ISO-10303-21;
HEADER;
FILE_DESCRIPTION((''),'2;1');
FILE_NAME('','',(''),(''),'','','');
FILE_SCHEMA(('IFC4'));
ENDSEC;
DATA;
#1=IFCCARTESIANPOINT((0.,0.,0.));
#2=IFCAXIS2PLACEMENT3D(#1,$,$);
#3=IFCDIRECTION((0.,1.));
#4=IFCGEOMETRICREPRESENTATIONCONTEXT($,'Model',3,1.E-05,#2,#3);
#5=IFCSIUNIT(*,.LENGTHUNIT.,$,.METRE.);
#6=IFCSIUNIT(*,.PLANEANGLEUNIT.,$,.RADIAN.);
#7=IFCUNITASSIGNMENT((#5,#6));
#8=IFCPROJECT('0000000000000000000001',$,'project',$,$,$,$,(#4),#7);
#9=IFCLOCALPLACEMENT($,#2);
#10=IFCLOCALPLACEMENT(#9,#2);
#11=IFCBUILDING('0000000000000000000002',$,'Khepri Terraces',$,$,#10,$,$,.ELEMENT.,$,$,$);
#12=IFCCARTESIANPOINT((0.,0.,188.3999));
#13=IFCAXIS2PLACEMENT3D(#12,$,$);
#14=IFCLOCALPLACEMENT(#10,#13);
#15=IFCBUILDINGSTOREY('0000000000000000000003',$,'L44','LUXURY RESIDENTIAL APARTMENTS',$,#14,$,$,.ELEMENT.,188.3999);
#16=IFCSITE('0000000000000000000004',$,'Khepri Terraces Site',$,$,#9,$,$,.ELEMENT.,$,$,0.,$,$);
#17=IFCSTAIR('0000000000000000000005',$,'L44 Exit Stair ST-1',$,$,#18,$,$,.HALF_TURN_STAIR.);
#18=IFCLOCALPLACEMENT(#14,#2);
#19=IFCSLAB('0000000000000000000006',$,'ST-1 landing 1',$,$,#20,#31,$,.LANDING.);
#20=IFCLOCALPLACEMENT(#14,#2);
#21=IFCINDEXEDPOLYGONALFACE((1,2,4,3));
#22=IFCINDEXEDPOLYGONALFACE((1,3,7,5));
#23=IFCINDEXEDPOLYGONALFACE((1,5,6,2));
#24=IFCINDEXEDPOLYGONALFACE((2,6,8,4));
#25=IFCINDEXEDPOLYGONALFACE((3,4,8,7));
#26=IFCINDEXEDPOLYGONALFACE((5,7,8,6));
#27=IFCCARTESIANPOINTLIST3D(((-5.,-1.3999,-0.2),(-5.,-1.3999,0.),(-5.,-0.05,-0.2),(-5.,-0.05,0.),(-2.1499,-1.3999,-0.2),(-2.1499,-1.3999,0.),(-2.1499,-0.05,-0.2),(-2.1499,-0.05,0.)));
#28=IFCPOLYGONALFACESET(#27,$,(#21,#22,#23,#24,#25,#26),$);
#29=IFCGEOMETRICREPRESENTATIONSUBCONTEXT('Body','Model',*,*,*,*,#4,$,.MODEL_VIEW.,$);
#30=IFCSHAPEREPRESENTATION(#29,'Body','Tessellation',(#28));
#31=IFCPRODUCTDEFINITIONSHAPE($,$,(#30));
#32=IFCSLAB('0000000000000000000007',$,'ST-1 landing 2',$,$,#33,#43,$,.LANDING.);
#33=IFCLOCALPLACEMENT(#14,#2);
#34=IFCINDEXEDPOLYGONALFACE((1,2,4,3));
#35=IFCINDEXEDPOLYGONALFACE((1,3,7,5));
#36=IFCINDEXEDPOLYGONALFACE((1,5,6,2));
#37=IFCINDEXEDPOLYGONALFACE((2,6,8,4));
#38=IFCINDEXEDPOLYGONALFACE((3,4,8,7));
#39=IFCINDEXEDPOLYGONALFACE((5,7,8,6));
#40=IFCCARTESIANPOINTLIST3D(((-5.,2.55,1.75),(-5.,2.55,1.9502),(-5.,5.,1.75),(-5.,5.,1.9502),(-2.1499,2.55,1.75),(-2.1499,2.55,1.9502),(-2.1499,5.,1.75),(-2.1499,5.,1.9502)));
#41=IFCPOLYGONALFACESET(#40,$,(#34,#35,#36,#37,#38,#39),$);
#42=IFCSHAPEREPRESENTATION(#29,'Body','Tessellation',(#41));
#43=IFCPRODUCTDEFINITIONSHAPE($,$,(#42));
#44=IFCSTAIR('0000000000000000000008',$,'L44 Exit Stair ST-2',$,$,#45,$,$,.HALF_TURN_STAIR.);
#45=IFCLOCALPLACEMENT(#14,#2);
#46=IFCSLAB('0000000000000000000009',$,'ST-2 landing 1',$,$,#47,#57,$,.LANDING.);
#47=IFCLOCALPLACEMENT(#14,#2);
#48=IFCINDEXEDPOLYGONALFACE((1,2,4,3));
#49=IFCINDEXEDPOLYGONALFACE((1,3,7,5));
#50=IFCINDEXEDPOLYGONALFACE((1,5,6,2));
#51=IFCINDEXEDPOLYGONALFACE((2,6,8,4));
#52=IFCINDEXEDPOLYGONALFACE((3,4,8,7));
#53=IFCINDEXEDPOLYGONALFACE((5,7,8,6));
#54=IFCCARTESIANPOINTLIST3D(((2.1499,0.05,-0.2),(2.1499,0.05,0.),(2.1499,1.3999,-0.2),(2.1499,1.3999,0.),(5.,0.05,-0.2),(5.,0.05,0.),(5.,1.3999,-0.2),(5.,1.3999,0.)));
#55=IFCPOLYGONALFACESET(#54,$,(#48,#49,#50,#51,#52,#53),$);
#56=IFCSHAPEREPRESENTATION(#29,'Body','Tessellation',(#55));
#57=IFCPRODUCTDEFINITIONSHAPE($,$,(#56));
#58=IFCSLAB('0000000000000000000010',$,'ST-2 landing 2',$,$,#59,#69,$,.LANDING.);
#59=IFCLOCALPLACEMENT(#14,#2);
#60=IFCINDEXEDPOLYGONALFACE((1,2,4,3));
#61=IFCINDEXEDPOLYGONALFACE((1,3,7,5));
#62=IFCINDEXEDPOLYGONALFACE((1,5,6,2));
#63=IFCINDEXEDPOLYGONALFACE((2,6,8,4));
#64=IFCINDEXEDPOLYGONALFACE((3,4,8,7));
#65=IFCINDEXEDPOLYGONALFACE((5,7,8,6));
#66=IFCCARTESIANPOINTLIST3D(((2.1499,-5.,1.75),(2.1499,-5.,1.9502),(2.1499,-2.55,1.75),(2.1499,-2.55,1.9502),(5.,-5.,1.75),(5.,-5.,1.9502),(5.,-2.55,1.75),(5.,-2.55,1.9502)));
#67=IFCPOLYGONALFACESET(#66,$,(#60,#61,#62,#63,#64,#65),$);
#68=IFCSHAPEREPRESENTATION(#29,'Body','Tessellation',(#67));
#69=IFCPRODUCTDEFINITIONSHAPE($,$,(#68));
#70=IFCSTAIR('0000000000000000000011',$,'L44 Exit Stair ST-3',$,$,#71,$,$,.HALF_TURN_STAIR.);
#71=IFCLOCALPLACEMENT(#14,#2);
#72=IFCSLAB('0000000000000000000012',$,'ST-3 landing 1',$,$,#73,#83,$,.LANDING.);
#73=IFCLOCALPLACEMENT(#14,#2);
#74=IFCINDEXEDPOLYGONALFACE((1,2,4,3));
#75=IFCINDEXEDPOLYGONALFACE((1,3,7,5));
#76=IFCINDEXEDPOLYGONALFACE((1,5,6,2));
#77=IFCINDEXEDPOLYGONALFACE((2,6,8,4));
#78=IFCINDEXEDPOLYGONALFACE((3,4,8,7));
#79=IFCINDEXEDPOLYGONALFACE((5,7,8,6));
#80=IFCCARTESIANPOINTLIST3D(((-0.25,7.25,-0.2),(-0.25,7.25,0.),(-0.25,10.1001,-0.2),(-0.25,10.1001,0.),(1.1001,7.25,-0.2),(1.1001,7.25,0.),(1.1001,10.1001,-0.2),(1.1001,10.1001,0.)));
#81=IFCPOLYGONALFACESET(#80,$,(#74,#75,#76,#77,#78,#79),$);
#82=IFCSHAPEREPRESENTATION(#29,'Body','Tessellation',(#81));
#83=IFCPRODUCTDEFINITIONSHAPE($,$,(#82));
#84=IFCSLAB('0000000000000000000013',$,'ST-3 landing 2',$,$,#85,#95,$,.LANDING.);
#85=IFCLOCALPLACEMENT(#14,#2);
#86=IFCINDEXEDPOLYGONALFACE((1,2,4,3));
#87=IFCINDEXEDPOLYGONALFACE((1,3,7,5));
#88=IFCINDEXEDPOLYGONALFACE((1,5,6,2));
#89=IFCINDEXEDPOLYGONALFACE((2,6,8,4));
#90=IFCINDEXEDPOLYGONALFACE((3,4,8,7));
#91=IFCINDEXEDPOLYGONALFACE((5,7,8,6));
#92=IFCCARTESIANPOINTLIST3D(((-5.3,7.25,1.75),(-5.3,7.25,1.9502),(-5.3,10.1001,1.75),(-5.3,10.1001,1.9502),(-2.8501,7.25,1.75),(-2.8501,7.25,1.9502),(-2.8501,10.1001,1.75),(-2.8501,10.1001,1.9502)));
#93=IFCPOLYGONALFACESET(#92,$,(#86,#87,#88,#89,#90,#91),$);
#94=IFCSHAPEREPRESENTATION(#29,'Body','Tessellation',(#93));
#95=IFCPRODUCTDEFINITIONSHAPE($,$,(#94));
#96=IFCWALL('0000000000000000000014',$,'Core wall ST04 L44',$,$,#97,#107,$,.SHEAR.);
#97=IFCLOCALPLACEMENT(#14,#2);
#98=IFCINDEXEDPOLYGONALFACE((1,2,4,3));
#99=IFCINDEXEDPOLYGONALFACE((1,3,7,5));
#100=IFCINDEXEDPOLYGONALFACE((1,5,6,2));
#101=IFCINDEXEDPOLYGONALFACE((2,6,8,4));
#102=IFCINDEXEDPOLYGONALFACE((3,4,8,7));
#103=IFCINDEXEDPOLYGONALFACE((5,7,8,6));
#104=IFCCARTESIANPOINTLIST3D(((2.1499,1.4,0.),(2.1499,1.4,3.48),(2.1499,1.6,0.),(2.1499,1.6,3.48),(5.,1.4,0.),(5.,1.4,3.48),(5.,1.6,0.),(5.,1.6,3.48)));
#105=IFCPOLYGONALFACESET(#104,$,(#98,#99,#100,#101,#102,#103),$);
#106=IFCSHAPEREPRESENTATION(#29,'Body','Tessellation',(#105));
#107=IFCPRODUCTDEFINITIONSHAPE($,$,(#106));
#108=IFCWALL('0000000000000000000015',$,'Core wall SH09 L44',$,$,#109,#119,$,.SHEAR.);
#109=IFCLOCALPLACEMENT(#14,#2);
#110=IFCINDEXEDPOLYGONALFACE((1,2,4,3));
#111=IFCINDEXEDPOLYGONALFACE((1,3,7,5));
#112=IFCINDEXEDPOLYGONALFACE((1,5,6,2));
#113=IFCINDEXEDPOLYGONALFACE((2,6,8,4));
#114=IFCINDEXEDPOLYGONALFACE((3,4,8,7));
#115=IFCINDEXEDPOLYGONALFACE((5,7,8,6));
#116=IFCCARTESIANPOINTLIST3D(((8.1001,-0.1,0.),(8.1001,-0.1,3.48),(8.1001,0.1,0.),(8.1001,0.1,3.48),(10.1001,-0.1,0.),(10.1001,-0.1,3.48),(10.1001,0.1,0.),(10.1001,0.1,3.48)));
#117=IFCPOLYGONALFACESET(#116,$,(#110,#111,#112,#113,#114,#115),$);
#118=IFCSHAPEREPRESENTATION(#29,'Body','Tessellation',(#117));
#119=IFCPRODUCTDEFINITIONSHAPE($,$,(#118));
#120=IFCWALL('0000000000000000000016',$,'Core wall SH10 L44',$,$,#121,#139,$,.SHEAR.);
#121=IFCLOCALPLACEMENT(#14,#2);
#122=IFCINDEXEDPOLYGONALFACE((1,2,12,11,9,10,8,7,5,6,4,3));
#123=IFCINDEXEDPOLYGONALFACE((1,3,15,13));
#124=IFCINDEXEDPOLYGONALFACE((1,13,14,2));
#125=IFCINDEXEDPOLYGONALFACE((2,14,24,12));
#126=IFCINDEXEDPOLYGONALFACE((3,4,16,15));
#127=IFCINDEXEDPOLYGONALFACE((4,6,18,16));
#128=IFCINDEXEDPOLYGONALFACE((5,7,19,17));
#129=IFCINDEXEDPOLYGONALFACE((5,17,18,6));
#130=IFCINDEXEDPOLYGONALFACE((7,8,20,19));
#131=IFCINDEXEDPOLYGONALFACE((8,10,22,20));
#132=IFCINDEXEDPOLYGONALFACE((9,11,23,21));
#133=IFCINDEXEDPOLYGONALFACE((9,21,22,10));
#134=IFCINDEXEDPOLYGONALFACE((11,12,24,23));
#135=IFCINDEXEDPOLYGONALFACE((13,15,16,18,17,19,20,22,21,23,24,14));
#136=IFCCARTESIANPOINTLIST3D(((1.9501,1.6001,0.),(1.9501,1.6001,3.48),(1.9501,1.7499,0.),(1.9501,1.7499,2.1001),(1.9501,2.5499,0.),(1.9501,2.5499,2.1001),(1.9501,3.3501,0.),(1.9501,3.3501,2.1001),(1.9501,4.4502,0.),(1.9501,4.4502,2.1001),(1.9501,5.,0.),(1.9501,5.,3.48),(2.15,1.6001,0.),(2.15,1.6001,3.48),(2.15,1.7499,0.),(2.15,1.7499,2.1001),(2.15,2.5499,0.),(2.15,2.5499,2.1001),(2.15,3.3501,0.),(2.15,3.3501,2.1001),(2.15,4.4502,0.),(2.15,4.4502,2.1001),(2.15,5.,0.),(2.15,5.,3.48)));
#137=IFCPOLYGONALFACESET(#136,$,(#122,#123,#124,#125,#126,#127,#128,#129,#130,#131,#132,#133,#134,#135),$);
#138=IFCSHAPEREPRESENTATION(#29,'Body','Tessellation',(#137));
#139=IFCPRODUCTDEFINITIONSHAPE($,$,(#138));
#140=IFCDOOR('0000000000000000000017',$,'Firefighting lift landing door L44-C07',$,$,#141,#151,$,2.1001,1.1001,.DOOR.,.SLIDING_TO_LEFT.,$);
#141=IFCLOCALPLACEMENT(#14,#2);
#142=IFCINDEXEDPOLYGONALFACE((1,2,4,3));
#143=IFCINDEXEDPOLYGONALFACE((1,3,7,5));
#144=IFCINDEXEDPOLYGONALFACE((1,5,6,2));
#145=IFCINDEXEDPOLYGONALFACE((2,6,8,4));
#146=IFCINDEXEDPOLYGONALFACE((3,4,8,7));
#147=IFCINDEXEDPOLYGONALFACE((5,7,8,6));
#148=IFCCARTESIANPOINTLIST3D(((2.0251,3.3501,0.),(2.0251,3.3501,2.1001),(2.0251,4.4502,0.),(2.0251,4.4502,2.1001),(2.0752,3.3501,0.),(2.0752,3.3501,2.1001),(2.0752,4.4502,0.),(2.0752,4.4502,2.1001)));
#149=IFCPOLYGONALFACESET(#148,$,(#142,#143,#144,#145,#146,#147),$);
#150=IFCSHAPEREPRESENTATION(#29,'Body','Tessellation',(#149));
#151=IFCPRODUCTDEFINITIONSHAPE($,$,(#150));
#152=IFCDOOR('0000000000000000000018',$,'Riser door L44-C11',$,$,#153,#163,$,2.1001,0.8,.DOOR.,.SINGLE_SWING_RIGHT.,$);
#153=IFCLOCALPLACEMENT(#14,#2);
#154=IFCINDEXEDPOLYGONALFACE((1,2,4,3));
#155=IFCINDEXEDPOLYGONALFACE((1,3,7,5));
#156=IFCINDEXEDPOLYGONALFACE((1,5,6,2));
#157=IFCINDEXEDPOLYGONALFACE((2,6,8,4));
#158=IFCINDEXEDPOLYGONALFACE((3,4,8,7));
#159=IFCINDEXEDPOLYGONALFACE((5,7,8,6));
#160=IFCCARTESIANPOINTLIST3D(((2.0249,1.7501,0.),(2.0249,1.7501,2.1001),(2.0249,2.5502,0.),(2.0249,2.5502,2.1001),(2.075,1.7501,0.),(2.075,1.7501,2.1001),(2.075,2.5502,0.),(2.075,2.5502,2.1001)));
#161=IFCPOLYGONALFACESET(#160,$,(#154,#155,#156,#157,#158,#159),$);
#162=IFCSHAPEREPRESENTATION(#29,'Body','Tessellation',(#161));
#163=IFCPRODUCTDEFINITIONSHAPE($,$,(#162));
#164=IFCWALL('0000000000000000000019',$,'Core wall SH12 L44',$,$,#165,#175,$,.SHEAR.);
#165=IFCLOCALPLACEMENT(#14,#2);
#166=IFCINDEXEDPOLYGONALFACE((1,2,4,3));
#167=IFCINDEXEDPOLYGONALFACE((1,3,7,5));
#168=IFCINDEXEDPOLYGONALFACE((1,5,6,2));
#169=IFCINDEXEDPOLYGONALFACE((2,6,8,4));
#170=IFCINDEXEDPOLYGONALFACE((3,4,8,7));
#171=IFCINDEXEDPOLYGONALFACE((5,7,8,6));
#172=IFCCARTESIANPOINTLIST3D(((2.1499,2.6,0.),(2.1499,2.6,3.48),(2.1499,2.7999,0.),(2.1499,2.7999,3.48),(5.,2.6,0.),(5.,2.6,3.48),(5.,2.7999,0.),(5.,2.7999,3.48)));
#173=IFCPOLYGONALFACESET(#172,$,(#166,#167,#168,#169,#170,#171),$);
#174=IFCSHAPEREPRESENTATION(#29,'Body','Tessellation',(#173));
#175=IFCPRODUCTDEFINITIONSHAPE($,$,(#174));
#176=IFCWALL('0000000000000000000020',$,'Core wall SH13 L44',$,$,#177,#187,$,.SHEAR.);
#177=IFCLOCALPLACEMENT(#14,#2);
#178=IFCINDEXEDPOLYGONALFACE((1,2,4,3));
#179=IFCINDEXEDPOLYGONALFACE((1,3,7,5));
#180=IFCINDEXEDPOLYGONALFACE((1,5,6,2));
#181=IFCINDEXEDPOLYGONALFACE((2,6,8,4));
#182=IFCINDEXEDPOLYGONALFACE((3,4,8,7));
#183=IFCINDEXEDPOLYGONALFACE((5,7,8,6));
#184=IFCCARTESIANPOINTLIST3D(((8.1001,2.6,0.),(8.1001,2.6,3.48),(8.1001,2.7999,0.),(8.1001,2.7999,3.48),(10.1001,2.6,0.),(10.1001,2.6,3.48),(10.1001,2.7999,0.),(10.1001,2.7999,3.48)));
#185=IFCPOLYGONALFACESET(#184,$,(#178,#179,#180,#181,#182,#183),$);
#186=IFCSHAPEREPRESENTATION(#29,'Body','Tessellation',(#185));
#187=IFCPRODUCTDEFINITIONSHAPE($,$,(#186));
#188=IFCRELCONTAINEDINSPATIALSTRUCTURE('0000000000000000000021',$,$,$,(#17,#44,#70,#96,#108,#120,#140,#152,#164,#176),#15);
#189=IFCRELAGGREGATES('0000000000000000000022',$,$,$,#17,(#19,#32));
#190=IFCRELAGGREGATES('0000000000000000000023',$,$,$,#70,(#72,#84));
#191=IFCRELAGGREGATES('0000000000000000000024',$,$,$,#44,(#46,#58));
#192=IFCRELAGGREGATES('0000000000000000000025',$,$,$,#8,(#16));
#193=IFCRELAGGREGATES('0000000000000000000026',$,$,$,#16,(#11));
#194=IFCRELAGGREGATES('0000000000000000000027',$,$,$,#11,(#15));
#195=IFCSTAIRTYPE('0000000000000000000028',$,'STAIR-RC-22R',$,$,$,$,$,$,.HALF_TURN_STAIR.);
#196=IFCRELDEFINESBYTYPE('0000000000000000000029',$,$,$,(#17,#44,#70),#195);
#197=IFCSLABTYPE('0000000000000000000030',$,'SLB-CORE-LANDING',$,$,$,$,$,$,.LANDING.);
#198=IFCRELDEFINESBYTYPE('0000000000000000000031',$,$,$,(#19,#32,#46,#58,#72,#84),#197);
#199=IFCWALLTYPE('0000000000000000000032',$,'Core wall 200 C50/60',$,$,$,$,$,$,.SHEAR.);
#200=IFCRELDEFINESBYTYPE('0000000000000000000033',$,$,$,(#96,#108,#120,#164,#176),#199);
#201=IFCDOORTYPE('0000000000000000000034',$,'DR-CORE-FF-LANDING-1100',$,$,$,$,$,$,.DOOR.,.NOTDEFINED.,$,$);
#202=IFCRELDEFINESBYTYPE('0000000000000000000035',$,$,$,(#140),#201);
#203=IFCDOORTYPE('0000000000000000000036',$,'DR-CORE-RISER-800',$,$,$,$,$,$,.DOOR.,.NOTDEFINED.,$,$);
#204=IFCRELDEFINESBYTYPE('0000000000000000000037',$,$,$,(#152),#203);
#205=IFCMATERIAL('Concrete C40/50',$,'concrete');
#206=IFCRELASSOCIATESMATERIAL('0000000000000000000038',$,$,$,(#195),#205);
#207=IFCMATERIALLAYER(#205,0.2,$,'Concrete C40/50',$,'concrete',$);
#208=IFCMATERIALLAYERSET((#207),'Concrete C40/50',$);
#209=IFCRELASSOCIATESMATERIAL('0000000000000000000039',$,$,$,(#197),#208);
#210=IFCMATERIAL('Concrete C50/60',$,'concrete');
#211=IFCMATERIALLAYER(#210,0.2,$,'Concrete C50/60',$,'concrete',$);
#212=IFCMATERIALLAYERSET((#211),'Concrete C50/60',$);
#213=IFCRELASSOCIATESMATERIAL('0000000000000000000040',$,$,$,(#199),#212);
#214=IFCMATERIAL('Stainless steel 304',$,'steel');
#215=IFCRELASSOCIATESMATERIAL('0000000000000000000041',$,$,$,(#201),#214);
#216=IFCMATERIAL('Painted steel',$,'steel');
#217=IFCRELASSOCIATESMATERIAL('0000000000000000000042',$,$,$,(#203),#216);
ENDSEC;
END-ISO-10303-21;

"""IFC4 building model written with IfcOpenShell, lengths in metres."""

from ifc_helpers import new_model, si_unit, direction, frame, frame_2d, origin, place, context, subcontext, project, spatial, polyline, rectangle, outline, extrude, material, layer, layer_set, type_object, element, fill, aggregate, save


model = new_model("IFC4")

# Units and contexts
model_context = context("Model", 3, precision=1e-05, world=origin(), true_north=direction((0.0, 1.0)))
body_context = subcontext(model_context, "Body", "Model", "MODEL_VIEW")
ifc_project = project(units=[si_unit("LENGTHUNIT", "METRE"), si_unit("PLANEANGLEUNIT", "RADIAN")], contexts=[model_context])

# Site, building, storey
site_placement = place(None, origin())
site = spatial("IfcSite", under=ifc_project, at=site_placement, Name="Khepri Terraces Site", CompositionType="ELEMENT", RefElevation=0.0)
building_placement = place(site_placement, origin())
building = spatial("IfcBuilding", under=site, at=building_placement, Name="Khepri Terraces", CompositionType="ELEMENT")
storey_placement = place(building_placement, frame((0.0, 0.0, 188.3999)))
storey = spatial("IfcBuildingStorey", under=building, at=storey_placement, Name="L44", Description="LUXURY RESIDENTIAL APARTMENTS", CompositionType="ELEMENT", Elevation=188.3999)

# Stairs, slabs
ifc_material_1 = material(Name="Concrete C40/50", Category="concrete")
stair_type = type_object("IfcStairType", Name="STAIR-RC-22R", PredefinedType="HALF_TURN_STAIR", material=ifc_material_1)
stair_1_placement = place(storey_placement, origin())
stair_1 = element("IfcStair", 1, at=stair_1_placement, inside=storey, type_object=stair_type, Name="L44 Exit Stair ST-1", PredefinedType="HALF_TURN_STAIR")
ifc_layer_1 = layer(ifc_material_1, 0.2, Name="Concrete C40/50", Category="concrete")
ifc_layer_set_1 = layer_set([ifc_layer_1], Name="Concrete C40/50")
slab_type = type_object("IfcSlabType", Name="SLB-CORE-LANDING", PredefinedType="LANDING", material=ifc_layer_set_1)
slab_1_placement = place(storey_placement, frame((0.0, 0.0, -0.2)))
slab_1 = element("IfcSlab", 2, at=slab_1_placement, type_object=slab_type, Name="ST-1 landing 1", PredefinedType="LANDING", context=body_context, shape_type="SweptSolid", body=[
    extrude(outline(polyline([(-2.1499, -1.3999), (-2.1499, -0.05), (-5.0, -0.05), (-5.0, -1.3999), (-2.1499, -1.3999)])), origin(), (0.0, 0.0, 1.0), 0.2),
])
slab_2_placement = place(storey_placement, frame((0.0, 0.0, 1.75)))
slab_2 = element("IfcSlab", 3, at=slab_2_placement, type_object=slab_type, Name="ST-1 landing 2", PredefinedType="LANDING", context=body_context, shape_type="SweptSolid", body=[
    extrude(outline(polyline([(-2.1499, 2.55), (-2.1499, 5.0), (-5.0, 5.0), (-5.0, 2.55), (-2.1499, 2.55)])), origin(), (0.0, 0.0, 1.0), 0.2002),
])
aggregate(stair_1, [slab_1, slab_2])
stair_2_placement = place(storey_placement, origin())
stair_2 = element("IfcStair", 4, at=stair_2_placement, inside=storey, type_object=stair_type, Name="L44 Exit Stair ST-2", PredefinedType="HALF_TURN_STAIR")
slab_3_placement = place(storey_placement, frame((0.0, 0.0, -0.2)))
slab_3 = element("IfcSlab", 5, at=slab_3_placement, type_object=slab_type, Name="ST-2 landing 1", PredefinedType="LANDING", context=body_context, shape_type="SweptSolid", body=[
    extrude(outline(polyline([(2.1499, 1.3999), (2.1499, 0.05), (5.0, 0.05), (5.0, 1.3999), (2.1499, 1.3999)])), origin(), (0.0, 0.0, 1.0), 0.2),
])
slab_4_placement = place(storey_placement, frame((0.0, 0.0, 1.75)))
slab_4 = element("IfcSlab", 6, at=slab_4_placement, type_object=slab_type, Name="ST-2 landing 2", PredefinedType="LANDING", context=body_context, shape_type="SweptSolid", body=[
    extrude(outline(polyline([(2.1499, -2.55), (2.1499, -5.0), (5.0, -5.0), (5.0, -2.55), (2.1499, -2.55)])), origin(), (0.0, 0.0, 1.0), 0.2002),
])
stair_3_placement = place(storey_placement, origin())
stair_3 = element("IfcStair", 7, at=stair_3_placement, inside=storey, type_object=stair_type, Name="L44 Exit Stair ST-3", PredefinedType="HALF_TURN_STAIR")
slab_5_placement = place(storey_placement, frame((0.0, 0.0, -0.2)))
slab_5 = element("IfcSlab", 8, at=slab_5_placement, type_object=slab_type, Name="ST-3 landing 1", PredefinedType="LANDING", context=body_context, shape_type="SweptSolid", body=[
    extrude(outline(polyline([(1.1001, 10.1001), (-0.25, 10.1001), (-0.25, 7.25), (1.1001, 7.25), (1.1001, 10.1001)])), origin(), (0.0, 0.0, 1.0), 0.2),
])
slab_6_placement = place(storey_placement, frame((0.0, 0.0, 1.75)))
slab_6 = element("IfcSlab", 9, at=slab_6_placement, type_object=slab_type, Name="ST-3 landing 2", PredefinedType="LANDING", context=body_context, shape_type="SweptSolid", body=[
    extrude(outline(polyline([(-2.8501, 10.1001), (-5.3, 10.1001), (-5.3, 7.25), (-2.8501, 7.25), (-2.8501, 10.1001)])), origin(), (0.0, 0.0, 1.0), 0.2002),
])
aggregate(stair_3, [slab_5, slab_6])

# Walls
ifc_material_2 = material(Name="Concrete C50/60", Category="concrete")
ifc_layer_2 = layer(ifc_material_2, 0.2, Name="Concrete C50/60", Category="concrete")
ifc_layer_set_2 = layer_set([ifc_layer_2], Name="Concrete C50/60")
wall_type_1 = type_object("IfcWallType", Name="Core wall 200 C50/60", PredefinedType="SHEAR", material=ifc_layer_set_2)
wall_1_placement = place(storey_placement, frame((2.1499, 1.5, 0.0), z_axis=(0.0, 0.0, 1.0), x_axis=(1.0, 0.0, 0.0)))
element("IfcWall", 10, at=wall_1_placement, inside=storey, type_object=wall_type_1, Name="Core wall ST04 L44", PredefinedType="SHEAR", context=body_context, shape_type="SweptSolid", body=[
    extrude(rectangle(XDim=2.8501, YDim=0.2, at=frame_2d((1.425, 0.0))), origin(), (0.0, 0.0, 1.0), 3.48),
])
wall_2_placement = place(storey_placement, frame((8.1001, 0.0, 0.0), z_axis=(0.0, 0.0, 1.0), x_axis=(1.0, 0.0, 0.0)))
element("IfcWall", 11, at=wall_2_placement, inside=storey, type_object=wall_type_1, Name="Core wall SH09 L44", PredefinedType="SHEAR", context=body_context, shape_type="SweptSolid", body=[
    extrude(rectangle(XDim=2.0, YDim=0.2, at=frame_2d((1.0, 0.0))), origin(), (0.0, 0.0, 1.0), 3.48),
])

# Wall, openings, doors
wall_3_placement = place(storey_placement, frame((2.05, 1.6001, 0.0), z_axis=(0.0, 0.0, 1.0), x_axis=(0.0, 1.0, 0.0)))
wall_3 = element("IfcWall", 12, at=wall_3_placement, inside=storey, type_object=wall_type_1, Name="Core wall SH10 L44", PredefinedType="SHEAR", context=body_context, shape_type="SweptSolid", body=[
    extrude(rectangle(XDim=3.3999, YDim=0.2, at=frame_2d((1.7, 0.0))), origin(), (0.0, 0.0, 1.0), 3.48),
])
opening_1_placement = place(wall_3_placement, frame((1.75, 0.0, 0.0)))
opening_1 = element("IfcOpeningElement", 13, at=opening_1_placement, cuts=wall_3, PredefinedType="OPENING", context=body_context, shape_type="SweptSolid", body=[
    extrude(rectangle(XDim=1.1001, YDim=2.1001, at=frame_2d((0.55, 1.05))), frame((0.0, 0.1099, 0.0), z_axis=(0.0, -1.0, 0.0), x_axis=(1.0, 0.0, 0.0)), (0.0, 0.0, 1.0), 0.22),
])
opening_2_placement = place(wall_3_placement, frame((0.1499, 0.0, 0.0)))
opening_2 = element("IfcOpeningElement", 14, at=opening_2_placement, cuts=wall_3, PredefinedType="OPENING", context=body_context, shape_type="SweptSolid", body=[
    extrude(rectangle(XDim=0.8, YDim=2.1001, at=frame_2d((0.3999, 1.05))), frame((0.0, 0.1099, 0.0), z_axis=(0.0, -1.0, 0.0), x_axis=(1.0, 0.0, 0.0)), (0.0, 0.0, 1.0), 0.22),
])
ifc_material_3 = material(Name="Stainless steel 304", Category="steel")
door_type_1 = type_object("IfcDoorType", Name="DR-CORE-FF-LANDING-1100", OperationType="NOTDEFINED", PredefinedType="DOOR", material=ifc_material_3)
door_1_placement = place(opening_1_placement, origin())
door_1 = element("IfcDoor", 15, at=door_1_placement, inside=storey, type_object=door_type_1, Name="Firefighting lift landing door L44-C07", OperationType="SLIDING_TO_LEFT", OverallHeight=2.1001, OverallWidth=1.1001, PredefinedType="DOOR", context=body_context, shape_type="SweptSolid", body=[
    extrude(rectangle(XDim=1.1001, YDim=2.1001, at=frame_2d((0.55, 1.05))), frame((0.0, 0.0249, 0.0), z_axis=(0.0, -1.0, 0.0), x_axis=(1.0, 0.0, 0.0)), (0.0, 0.0, 1.0), 0.05),
])
fill(opening_1, door_1)
ifc_material_4 = material(Name="Painted steel", Category="steel")
door_type_2 = type_object("IfcDoorType", Name="DR-CORE-RISER-800", OperationType="NOTDEFINED", PredefinedType="DOOR", material=ifc_material_4)
door_2_placement = place(opening_2_placement, frame((0.8, 0.0, 0.0), z_axis=(0.0, 0.0, 1.0), x_axis=(-1.0, 0.0, 0.0)))
door_2 = element("IfcDoor", 16, at=door_2_placement, inside=storey, type_object=door_type_2, Name="Riser door L44-C11", OperationType="SINGLE_SWING_RIGHT", OverallHeight=2.1001, OverallWidth=0.8, PredefinedType="DOOR", context=body_context, shape_type="SweptSolid", body=[
    extrude(rectangle(XDim=0.8, YDim=2.1001, at=frame_2d((0.3999, 1.05))), frame((0.0, 0.0249, 0.0), z_axis=(0.0, -1.0, 0.0), x_axis=(1.0, 0.0, 0.0)), (0.0, 0.0, 1.0), 0.05),
])
fill(opening_2, door_2)

# Walls
wall_4_placement = place(storey_placement, frame((2.1499, 2.7, 0.0), z_axis=(0.0, 0.0, 1.0), x_axis=(1.0, 0.0, 0.0)))
element("IfcWall", 17, at=wall_4_placement, inside=storey, type_object=wall_type_1, Name="Core wall SH12 L44", PredefinedType="SHEAR", context=body_context, shape_type="SweptSolid", body=[
    extrude(rectangle(XDim=2.8501, YDim=0.2, at=frame_2d((1.425, 0.0))), origin(), (0.0, 0.0, 1.0), 3.48),
])
for number, where, z_axis, x_axis, name in (
    (18, (8.1001, 2.7, 0.0), (0.0, 0.0, 1.0), (1.0, 0.0, 0.0), "Core wall SH13 L44"),
):
    element("IfcWall", number, at=place(storey_placement, frame(where, z_axis=z_axis, x_axis=x_axis)), inside=storey, type_object=wall_type_1, Name=name, PredefinedType="SHEAR", context=body_context, shape_type="SweptSolid", body=[
        extrude(rectangle(XDim=2.0, YDim=0.2, at=frame_2d((1.0, 0.0))), origin(), (0.0, 0.0, 1.0), 3.48),
    ])

aggregate(stair_2, [slab_3, slab_4])

save(model, "model.ifc")
